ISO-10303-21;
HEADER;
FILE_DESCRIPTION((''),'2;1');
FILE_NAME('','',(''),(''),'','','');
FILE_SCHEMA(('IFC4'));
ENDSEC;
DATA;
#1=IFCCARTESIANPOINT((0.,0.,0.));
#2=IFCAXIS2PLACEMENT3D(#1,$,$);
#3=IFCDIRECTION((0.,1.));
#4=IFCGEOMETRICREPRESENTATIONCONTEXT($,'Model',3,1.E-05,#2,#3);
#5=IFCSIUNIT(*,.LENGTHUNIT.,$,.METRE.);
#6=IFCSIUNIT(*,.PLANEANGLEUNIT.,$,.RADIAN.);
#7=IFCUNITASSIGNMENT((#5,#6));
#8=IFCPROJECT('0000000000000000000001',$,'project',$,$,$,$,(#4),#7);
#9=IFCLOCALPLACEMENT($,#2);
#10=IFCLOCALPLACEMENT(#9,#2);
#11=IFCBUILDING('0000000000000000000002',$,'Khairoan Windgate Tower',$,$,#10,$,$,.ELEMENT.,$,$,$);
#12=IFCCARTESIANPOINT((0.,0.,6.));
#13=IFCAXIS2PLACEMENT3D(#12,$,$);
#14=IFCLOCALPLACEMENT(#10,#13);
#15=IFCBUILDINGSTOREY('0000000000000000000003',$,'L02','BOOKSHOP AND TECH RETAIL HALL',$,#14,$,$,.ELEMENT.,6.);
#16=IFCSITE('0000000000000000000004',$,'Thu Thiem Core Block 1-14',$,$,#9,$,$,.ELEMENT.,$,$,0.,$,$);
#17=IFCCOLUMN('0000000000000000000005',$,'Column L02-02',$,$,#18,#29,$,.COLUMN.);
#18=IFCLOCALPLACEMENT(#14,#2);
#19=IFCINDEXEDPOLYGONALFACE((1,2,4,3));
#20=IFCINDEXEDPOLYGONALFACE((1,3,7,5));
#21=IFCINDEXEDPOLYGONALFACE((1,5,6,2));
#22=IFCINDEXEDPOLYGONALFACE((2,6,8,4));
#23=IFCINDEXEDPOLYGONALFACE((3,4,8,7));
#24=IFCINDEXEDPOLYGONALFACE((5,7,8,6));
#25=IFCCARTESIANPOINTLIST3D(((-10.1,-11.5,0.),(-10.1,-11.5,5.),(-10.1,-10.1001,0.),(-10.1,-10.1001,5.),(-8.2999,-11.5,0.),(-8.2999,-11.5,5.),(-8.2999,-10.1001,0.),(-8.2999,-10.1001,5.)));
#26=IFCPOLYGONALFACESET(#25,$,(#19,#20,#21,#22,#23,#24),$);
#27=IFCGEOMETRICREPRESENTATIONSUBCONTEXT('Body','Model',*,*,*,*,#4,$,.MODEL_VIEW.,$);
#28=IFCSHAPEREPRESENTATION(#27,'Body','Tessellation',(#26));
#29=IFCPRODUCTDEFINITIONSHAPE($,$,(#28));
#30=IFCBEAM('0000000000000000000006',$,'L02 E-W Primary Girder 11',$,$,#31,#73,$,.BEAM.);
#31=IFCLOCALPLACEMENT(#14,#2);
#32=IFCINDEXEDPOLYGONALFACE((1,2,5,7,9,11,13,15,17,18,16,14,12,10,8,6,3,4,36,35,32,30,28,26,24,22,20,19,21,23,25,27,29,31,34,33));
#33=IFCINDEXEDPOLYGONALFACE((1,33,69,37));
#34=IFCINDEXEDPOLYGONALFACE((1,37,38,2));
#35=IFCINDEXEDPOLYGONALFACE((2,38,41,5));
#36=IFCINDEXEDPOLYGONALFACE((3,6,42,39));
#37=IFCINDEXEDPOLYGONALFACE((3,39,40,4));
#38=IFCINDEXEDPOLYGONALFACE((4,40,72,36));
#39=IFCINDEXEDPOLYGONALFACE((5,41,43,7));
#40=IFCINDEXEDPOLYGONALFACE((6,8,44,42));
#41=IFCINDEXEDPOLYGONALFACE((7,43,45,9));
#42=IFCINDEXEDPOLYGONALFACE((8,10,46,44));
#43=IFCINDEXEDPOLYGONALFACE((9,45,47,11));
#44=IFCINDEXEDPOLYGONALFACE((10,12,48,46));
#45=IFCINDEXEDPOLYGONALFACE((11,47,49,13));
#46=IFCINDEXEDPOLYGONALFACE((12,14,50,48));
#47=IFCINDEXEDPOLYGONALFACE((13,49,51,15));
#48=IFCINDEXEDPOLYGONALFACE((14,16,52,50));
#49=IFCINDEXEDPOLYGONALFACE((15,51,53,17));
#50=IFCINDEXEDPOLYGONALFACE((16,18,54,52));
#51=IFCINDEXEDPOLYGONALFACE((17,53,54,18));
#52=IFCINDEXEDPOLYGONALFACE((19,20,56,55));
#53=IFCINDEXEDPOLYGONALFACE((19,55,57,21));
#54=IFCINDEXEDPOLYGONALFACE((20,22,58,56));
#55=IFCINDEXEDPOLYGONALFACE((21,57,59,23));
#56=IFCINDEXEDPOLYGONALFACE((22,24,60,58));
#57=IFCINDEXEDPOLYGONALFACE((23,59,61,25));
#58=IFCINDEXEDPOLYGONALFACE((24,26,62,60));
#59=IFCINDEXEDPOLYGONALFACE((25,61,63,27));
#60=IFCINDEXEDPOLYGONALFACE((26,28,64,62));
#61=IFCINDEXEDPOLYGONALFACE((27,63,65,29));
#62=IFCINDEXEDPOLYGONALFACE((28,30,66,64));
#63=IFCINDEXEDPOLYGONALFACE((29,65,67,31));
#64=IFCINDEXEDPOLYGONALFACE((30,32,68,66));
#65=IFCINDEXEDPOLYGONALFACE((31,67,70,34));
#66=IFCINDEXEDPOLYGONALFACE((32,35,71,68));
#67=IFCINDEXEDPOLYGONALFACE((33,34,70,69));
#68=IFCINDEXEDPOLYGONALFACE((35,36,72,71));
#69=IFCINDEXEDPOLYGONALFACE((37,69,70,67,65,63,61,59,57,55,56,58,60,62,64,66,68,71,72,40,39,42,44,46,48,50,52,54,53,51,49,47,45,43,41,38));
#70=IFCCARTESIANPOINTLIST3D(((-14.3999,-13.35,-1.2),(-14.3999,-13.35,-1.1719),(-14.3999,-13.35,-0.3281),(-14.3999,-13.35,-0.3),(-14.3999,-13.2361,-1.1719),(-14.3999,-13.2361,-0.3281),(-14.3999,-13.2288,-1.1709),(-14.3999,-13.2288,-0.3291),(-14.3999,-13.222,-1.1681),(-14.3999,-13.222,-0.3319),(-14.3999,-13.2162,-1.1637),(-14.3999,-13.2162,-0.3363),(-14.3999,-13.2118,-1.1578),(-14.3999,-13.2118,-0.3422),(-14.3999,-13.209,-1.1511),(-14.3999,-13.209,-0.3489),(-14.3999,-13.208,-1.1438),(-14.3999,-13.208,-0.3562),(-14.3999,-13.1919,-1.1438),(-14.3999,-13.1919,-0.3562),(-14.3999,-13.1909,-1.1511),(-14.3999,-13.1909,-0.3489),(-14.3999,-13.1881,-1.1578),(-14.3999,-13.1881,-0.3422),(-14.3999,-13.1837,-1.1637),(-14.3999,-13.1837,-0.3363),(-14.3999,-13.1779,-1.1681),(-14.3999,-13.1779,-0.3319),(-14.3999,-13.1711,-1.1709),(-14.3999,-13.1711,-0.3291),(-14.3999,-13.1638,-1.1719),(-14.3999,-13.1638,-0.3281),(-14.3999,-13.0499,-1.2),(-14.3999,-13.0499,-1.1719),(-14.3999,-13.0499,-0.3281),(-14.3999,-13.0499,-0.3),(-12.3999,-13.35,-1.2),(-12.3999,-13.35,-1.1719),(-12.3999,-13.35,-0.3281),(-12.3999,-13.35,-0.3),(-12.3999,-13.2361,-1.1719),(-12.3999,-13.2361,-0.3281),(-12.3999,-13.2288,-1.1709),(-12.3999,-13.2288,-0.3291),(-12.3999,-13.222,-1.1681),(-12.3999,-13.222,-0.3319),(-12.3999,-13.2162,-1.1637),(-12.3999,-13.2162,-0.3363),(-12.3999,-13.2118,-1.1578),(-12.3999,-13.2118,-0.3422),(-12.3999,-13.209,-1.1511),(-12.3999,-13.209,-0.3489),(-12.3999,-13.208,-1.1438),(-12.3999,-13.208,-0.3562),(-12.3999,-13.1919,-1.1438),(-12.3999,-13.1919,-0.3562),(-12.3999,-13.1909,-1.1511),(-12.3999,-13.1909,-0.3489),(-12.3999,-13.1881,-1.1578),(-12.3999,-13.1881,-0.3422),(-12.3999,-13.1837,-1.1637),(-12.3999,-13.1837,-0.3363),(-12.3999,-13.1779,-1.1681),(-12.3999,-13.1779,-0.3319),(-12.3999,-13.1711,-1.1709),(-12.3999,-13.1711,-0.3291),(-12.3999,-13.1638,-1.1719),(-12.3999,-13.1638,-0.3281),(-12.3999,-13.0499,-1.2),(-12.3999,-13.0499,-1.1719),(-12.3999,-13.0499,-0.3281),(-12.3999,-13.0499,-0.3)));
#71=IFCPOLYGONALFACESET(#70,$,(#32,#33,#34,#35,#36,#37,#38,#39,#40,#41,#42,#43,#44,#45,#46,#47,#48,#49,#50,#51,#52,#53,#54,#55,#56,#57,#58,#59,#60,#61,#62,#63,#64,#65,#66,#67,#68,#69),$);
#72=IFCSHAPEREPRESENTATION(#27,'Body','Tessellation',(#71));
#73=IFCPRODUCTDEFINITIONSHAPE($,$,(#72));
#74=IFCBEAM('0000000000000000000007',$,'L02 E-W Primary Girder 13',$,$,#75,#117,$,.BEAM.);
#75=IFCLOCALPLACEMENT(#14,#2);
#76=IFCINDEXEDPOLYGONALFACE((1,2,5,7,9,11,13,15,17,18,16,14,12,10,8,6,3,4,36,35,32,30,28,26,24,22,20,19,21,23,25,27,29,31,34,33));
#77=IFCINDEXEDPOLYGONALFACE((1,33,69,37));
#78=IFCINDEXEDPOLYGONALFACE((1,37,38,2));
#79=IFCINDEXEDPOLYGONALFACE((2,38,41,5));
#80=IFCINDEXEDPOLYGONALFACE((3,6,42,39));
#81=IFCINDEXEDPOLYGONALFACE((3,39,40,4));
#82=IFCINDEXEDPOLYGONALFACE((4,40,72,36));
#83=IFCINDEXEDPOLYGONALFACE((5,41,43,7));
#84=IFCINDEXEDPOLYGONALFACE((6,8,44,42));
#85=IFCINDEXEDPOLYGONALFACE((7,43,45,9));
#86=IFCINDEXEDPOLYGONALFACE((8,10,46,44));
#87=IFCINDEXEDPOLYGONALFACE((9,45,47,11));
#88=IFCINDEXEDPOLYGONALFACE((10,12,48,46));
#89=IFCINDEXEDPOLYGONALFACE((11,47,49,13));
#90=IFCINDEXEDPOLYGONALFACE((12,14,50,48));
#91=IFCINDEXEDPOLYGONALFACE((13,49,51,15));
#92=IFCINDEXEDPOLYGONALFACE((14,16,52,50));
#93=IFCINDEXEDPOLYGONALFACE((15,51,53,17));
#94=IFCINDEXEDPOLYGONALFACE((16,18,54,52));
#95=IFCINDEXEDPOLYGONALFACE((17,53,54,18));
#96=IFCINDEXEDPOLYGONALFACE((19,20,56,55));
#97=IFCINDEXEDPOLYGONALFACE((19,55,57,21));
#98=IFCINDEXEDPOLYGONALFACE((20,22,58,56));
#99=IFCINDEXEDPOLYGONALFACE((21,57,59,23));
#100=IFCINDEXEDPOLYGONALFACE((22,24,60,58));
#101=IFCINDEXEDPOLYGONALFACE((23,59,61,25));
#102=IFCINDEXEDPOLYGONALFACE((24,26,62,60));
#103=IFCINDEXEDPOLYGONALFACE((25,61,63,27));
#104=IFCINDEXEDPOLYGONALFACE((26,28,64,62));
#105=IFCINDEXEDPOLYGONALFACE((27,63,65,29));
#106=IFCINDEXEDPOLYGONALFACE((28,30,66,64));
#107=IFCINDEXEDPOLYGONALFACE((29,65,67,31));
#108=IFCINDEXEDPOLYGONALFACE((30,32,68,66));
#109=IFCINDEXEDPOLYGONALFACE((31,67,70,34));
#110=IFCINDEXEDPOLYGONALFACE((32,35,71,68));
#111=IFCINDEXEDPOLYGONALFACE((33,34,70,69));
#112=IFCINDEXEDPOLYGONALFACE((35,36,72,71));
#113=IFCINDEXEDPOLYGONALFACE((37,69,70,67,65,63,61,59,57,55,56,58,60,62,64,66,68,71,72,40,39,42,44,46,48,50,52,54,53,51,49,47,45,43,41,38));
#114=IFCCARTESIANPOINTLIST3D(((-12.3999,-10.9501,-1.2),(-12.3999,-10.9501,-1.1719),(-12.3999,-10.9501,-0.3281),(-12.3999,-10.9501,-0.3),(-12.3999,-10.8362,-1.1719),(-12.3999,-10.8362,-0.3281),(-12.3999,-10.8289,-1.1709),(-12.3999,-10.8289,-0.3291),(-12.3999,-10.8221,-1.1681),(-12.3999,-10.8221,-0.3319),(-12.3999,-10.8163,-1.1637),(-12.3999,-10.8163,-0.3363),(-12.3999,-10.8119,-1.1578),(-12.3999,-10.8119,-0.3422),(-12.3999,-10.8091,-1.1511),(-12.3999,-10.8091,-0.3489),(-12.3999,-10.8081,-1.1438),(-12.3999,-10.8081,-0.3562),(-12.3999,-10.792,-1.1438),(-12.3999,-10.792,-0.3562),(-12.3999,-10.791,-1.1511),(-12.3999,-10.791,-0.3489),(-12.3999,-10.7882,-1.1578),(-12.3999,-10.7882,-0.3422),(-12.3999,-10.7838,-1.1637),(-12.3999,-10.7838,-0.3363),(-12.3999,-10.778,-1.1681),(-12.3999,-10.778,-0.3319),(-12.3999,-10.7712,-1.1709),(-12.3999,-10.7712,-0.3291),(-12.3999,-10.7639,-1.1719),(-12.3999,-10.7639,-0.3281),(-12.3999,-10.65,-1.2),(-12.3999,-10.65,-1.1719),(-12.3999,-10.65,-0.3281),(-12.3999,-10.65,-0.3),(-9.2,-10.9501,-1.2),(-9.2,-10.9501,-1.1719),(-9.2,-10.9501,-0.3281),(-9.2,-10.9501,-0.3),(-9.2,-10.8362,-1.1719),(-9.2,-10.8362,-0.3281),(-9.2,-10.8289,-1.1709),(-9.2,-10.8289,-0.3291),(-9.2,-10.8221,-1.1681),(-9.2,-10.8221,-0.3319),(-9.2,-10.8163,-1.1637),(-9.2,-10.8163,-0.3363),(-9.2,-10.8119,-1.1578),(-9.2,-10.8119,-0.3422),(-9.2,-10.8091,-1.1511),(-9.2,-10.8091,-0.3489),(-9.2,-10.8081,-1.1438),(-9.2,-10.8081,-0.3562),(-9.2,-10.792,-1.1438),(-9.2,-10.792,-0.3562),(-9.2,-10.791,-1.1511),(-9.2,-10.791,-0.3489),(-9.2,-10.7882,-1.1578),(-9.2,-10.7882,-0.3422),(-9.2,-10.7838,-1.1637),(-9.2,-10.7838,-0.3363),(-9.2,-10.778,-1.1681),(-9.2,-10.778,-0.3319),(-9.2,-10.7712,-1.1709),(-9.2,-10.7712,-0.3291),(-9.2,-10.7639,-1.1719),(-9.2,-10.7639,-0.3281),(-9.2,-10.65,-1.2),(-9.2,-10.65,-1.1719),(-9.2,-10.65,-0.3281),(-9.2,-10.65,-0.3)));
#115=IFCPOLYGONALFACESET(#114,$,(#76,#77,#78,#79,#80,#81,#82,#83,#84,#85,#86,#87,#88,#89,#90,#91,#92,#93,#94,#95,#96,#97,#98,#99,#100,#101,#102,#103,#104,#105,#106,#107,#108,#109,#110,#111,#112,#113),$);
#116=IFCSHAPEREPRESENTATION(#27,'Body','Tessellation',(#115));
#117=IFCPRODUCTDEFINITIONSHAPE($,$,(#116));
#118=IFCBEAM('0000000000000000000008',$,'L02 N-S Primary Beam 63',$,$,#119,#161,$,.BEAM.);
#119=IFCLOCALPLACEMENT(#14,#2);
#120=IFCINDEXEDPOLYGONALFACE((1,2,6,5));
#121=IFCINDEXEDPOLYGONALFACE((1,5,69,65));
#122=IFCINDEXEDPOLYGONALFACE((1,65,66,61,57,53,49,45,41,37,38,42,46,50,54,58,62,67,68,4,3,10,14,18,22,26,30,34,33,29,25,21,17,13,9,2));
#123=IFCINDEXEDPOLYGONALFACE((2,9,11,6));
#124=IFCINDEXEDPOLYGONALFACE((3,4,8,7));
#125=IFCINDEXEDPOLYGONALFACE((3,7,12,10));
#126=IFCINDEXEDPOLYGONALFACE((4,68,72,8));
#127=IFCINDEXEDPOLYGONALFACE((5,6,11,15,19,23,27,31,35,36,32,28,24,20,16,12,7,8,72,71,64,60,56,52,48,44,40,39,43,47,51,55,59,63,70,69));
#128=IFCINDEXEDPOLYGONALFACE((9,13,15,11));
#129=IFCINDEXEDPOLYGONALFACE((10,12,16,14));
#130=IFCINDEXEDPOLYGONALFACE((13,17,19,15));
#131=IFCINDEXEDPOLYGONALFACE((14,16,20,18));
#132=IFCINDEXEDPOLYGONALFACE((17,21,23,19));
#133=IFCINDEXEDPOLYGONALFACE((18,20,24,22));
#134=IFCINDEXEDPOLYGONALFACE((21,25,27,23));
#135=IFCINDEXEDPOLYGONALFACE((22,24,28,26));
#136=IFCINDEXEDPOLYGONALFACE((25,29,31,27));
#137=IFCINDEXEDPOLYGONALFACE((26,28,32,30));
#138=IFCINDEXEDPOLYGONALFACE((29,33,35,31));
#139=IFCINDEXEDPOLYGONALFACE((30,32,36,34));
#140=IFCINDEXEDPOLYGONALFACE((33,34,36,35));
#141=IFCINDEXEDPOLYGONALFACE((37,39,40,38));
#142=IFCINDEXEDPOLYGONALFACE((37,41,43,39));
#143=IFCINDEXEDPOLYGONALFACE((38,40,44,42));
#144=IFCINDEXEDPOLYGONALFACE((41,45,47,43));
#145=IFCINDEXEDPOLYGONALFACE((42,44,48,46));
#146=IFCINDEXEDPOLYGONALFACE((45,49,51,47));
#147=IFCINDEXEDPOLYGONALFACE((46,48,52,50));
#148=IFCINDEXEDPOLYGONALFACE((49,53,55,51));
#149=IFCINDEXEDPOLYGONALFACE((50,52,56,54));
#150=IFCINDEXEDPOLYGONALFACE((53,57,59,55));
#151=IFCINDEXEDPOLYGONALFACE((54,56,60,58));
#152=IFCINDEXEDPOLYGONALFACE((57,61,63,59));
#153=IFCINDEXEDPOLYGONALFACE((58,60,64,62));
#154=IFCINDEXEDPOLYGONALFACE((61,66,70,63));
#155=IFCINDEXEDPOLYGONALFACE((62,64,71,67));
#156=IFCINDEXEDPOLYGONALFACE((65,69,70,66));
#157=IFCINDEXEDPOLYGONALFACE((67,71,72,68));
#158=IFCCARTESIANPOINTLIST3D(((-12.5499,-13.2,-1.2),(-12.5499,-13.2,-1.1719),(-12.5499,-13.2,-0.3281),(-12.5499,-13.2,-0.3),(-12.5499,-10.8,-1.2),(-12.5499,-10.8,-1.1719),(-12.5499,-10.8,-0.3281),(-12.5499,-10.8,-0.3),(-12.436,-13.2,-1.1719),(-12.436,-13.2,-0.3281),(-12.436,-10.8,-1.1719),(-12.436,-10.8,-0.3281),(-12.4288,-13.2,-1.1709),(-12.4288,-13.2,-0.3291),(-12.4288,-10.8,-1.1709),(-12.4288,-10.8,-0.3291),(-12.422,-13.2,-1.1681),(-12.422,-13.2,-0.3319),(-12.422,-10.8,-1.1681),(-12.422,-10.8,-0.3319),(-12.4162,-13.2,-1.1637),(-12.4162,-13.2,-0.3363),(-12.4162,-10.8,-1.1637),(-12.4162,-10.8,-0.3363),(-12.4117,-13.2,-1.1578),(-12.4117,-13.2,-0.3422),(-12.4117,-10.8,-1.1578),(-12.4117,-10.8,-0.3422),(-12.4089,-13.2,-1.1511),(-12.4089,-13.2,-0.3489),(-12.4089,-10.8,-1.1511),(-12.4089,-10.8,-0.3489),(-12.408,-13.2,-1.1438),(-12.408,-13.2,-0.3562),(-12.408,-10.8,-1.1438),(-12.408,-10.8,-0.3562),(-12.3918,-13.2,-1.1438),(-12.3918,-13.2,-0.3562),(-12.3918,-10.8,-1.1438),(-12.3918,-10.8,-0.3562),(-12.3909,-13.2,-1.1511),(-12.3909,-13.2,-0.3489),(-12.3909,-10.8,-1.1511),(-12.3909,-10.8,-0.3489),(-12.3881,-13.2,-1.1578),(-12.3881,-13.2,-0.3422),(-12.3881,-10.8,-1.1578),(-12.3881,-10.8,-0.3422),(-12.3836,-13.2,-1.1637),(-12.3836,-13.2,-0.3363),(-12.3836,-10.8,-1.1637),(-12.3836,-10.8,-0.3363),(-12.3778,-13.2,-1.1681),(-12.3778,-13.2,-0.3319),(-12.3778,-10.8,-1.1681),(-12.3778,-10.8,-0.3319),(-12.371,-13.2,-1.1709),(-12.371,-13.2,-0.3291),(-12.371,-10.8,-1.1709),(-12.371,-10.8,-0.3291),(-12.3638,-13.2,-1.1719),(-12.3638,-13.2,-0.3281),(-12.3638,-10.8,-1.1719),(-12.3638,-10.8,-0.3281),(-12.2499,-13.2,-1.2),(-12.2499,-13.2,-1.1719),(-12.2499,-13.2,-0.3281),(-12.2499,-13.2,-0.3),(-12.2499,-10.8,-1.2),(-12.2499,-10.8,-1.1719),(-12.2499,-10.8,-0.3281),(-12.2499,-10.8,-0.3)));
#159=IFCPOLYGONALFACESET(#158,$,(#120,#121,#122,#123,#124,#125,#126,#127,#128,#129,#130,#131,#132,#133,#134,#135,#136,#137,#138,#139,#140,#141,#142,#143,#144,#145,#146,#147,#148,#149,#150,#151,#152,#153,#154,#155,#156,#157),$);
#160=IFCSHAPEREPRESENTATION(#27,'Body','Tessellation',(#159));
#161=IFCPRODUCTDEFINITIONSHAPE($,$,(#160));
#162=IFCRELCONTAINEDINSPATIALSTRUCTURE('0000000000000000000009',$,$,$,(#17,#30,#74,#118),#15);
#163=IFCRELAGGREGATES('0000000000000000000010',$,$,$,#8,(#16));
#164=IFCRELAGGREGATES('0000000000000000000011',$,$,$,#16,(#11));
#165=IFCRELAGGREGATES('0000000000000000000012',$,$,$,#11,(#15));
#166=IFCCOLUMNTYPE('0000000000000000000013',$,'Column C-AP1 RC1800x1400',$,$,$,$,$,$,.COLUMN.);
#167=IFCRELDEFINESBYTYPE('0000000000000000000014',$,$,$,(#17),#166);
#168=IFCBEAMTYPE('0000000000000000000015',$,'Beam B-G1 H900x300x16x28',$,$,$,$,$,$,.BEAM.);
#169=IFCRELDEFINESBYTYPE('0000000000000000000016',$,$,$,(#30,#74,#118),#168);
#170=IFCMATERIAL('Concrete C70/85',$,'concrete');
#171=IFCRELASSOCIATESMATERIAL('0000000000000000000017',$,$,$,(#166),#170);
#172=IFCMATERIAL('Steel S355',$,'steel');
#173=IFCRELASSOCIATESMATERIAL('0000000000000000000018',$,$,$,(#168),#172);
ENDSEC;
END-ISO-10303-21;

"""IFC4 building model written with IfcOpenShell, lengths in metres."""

from ifc_helpers import new_model, si_unit, direction, frame, origin, origin_2d, place, context, subcontext, project, spatial, rectangle, i_section, extrude, material, material_profile, profile_set, type_object, element, save


model = new_model("IFC4")

# Units and contexts
model_context = context("Model", 3, precision=1e-05, world=origin(), true_north=direction((0.0, 1.0)))
body_context = subcontext(model_context, "Body", "Model", "MODEL_VIEW")
ifc_project = project(units=[si_unit("LENGTHUNIT", "METRE"), si_unit("PLANEANGLEUNIT", "RADIAN")], contexts=[model_context])

# Site, building, storey
site_placement = place(None, origin())
site = spatial("IfcSite", under=ifc_project, at=site_placement, Name="Thu Thiem Core Block 1-14", CompositionType="ELEMENT", RefElevation=0.0)
building_placement = place(site_placement, origin())
building = spatial("IfcBuilding", under=site, at=building_placement, Name="Khairoan Windgate Tower", CompositionType="ELEMENT")
storey_placement = place(building_placement, frame((0.0, 0.0, 6.0)))
storey = spatial("IfcBuildingStorey", under=building, at=storey_placement, Name="L02", Description="BOOKSHOP AND TECH RETAIL HALL", CompositionType="ELEMENT", Elevation=6.0)

# Column
ifc_material_1 = material(Name="Concrete C70/85", Category="concrete")
ifc_material_profile_1 = material_profile(ifc_material_1, rectangle(XDim=1.8, YDim=1.3999, at=origin_2d()))
ifc_profile_set_1 = profile_set([ifc_material_profile_1], Name="Concrete C70/85")
column_type = type_object("IfcColumnType", Name="Column C-AP1 RC1800x1400", PredefinedType="COLUMN", material=ifc_profile_set_1)
column_placement = place(storey_placement, frame((-9.2, -10.8, 0.0), z_axis=(0.0, 0.0, 1.0), x_axis=(1.0, 0.0, 0.0)))
element("IfcColumn", 1, at=column_placement, inside=storey, type_object=column_type, Name="Column L02-02", PredefinedType="COLUMN", context=body_context, shape_type="SweptSolid", body=[
    extrude(rectangle(XDim=1.8, YDim=1.3999, at=origin_2d()), origin(), (0.0, 0.0, 1.0), 5.0),
])

# Beams
ifc_material_2 = material(Name="Steel S355", Category="steel")
ifc_material_profile_2 = material_profile(ifc_material_2, i_section(OverallWidth=0.3, OverallDepth=0.8999, WebThickness=0.0161, FlangeThickness=0.0281, FilletRadius=0.0281, at=origin_2d()))
ifc_profile_set_2 = profile_set([ifc_material_profile_2], Name="Steel S355")
beam_type_1 = type_object("IfcBeamType", Name="Beam B-G1 H900x300x16x28", PredefinedType="BEAM", material=ifc_profile_set_2)
beam_1_placement = place(storey_placement, frame((-14.3999, -13.2, -0.75), z_axis=(1.0, 0.0, 0.0), x_axis=(0.0, 1.0, 0.0)))
element("IfcBeam", 2, at=beam_1_placement, inside=storey, type_object=beam_type_1, Name="L02 E-W Primary Girder 11", PredefinedType="BEAM", context=body_context, shape_type="SweptSolid", body=[
    extrude(i_section(OverallWidth=0.3, OverallDepth=0.8999, WebThickness=0.0161, FlangeThickness=0.0281, FilletRadius=0.0281, at=origin_2d()), origin(), (0.0, 0.0, 1.0), 2.0),
])
beam_2_placement = place(storey_placement, frame((-12.3999, -10.8, -0.75), z_axis=(1.0, 0.0, 0.0), x_axis=(0.0, 1.0, 0.0)))
element("IfcBeam", 3, at=beam_2_placement, inside=storey, type_object=beam_type_1, Name="L02 E-W Primary Girder 13", PredefinedType="BEAM", context=body_context, shape_type="SweptSolid", body=[
    extrude(i_section(OverallWidth=0.3, OverallDepth=0.8999, WebThickness=0.0161, FlangeThickness=0.0281, FilletRadius=0.0281, at=origin_2d()), origin(), (0.0, 0.0, 1.0), 3.2),
])
beam_3_placement = place(storey_placement, frame((-12.3999, -13.2, -0.75), z_axis=(0.0, 1.0, 0.0), x_axis=(-1.0, 0.0, 0.0)))
element("IfcBeam", 4, at=beam_3_placement, inside=storey, type_object=beam_type_1, Name="L02 N-S Primary Beam 63", PredefinedType="BEAM", context=body_context, shape_type="SweptSolid", body=[
    extrude(i_section(OverallWidth=0.3, OverallDepth=0.8999, WebThickness=0.0161, FlangeThickness=0.0281, FilletRadius=0.0281, at=origin_2d()), origin(), (0.0, 0.0, 1.0), 2.3999),
])

save(model, "model.ifc")
